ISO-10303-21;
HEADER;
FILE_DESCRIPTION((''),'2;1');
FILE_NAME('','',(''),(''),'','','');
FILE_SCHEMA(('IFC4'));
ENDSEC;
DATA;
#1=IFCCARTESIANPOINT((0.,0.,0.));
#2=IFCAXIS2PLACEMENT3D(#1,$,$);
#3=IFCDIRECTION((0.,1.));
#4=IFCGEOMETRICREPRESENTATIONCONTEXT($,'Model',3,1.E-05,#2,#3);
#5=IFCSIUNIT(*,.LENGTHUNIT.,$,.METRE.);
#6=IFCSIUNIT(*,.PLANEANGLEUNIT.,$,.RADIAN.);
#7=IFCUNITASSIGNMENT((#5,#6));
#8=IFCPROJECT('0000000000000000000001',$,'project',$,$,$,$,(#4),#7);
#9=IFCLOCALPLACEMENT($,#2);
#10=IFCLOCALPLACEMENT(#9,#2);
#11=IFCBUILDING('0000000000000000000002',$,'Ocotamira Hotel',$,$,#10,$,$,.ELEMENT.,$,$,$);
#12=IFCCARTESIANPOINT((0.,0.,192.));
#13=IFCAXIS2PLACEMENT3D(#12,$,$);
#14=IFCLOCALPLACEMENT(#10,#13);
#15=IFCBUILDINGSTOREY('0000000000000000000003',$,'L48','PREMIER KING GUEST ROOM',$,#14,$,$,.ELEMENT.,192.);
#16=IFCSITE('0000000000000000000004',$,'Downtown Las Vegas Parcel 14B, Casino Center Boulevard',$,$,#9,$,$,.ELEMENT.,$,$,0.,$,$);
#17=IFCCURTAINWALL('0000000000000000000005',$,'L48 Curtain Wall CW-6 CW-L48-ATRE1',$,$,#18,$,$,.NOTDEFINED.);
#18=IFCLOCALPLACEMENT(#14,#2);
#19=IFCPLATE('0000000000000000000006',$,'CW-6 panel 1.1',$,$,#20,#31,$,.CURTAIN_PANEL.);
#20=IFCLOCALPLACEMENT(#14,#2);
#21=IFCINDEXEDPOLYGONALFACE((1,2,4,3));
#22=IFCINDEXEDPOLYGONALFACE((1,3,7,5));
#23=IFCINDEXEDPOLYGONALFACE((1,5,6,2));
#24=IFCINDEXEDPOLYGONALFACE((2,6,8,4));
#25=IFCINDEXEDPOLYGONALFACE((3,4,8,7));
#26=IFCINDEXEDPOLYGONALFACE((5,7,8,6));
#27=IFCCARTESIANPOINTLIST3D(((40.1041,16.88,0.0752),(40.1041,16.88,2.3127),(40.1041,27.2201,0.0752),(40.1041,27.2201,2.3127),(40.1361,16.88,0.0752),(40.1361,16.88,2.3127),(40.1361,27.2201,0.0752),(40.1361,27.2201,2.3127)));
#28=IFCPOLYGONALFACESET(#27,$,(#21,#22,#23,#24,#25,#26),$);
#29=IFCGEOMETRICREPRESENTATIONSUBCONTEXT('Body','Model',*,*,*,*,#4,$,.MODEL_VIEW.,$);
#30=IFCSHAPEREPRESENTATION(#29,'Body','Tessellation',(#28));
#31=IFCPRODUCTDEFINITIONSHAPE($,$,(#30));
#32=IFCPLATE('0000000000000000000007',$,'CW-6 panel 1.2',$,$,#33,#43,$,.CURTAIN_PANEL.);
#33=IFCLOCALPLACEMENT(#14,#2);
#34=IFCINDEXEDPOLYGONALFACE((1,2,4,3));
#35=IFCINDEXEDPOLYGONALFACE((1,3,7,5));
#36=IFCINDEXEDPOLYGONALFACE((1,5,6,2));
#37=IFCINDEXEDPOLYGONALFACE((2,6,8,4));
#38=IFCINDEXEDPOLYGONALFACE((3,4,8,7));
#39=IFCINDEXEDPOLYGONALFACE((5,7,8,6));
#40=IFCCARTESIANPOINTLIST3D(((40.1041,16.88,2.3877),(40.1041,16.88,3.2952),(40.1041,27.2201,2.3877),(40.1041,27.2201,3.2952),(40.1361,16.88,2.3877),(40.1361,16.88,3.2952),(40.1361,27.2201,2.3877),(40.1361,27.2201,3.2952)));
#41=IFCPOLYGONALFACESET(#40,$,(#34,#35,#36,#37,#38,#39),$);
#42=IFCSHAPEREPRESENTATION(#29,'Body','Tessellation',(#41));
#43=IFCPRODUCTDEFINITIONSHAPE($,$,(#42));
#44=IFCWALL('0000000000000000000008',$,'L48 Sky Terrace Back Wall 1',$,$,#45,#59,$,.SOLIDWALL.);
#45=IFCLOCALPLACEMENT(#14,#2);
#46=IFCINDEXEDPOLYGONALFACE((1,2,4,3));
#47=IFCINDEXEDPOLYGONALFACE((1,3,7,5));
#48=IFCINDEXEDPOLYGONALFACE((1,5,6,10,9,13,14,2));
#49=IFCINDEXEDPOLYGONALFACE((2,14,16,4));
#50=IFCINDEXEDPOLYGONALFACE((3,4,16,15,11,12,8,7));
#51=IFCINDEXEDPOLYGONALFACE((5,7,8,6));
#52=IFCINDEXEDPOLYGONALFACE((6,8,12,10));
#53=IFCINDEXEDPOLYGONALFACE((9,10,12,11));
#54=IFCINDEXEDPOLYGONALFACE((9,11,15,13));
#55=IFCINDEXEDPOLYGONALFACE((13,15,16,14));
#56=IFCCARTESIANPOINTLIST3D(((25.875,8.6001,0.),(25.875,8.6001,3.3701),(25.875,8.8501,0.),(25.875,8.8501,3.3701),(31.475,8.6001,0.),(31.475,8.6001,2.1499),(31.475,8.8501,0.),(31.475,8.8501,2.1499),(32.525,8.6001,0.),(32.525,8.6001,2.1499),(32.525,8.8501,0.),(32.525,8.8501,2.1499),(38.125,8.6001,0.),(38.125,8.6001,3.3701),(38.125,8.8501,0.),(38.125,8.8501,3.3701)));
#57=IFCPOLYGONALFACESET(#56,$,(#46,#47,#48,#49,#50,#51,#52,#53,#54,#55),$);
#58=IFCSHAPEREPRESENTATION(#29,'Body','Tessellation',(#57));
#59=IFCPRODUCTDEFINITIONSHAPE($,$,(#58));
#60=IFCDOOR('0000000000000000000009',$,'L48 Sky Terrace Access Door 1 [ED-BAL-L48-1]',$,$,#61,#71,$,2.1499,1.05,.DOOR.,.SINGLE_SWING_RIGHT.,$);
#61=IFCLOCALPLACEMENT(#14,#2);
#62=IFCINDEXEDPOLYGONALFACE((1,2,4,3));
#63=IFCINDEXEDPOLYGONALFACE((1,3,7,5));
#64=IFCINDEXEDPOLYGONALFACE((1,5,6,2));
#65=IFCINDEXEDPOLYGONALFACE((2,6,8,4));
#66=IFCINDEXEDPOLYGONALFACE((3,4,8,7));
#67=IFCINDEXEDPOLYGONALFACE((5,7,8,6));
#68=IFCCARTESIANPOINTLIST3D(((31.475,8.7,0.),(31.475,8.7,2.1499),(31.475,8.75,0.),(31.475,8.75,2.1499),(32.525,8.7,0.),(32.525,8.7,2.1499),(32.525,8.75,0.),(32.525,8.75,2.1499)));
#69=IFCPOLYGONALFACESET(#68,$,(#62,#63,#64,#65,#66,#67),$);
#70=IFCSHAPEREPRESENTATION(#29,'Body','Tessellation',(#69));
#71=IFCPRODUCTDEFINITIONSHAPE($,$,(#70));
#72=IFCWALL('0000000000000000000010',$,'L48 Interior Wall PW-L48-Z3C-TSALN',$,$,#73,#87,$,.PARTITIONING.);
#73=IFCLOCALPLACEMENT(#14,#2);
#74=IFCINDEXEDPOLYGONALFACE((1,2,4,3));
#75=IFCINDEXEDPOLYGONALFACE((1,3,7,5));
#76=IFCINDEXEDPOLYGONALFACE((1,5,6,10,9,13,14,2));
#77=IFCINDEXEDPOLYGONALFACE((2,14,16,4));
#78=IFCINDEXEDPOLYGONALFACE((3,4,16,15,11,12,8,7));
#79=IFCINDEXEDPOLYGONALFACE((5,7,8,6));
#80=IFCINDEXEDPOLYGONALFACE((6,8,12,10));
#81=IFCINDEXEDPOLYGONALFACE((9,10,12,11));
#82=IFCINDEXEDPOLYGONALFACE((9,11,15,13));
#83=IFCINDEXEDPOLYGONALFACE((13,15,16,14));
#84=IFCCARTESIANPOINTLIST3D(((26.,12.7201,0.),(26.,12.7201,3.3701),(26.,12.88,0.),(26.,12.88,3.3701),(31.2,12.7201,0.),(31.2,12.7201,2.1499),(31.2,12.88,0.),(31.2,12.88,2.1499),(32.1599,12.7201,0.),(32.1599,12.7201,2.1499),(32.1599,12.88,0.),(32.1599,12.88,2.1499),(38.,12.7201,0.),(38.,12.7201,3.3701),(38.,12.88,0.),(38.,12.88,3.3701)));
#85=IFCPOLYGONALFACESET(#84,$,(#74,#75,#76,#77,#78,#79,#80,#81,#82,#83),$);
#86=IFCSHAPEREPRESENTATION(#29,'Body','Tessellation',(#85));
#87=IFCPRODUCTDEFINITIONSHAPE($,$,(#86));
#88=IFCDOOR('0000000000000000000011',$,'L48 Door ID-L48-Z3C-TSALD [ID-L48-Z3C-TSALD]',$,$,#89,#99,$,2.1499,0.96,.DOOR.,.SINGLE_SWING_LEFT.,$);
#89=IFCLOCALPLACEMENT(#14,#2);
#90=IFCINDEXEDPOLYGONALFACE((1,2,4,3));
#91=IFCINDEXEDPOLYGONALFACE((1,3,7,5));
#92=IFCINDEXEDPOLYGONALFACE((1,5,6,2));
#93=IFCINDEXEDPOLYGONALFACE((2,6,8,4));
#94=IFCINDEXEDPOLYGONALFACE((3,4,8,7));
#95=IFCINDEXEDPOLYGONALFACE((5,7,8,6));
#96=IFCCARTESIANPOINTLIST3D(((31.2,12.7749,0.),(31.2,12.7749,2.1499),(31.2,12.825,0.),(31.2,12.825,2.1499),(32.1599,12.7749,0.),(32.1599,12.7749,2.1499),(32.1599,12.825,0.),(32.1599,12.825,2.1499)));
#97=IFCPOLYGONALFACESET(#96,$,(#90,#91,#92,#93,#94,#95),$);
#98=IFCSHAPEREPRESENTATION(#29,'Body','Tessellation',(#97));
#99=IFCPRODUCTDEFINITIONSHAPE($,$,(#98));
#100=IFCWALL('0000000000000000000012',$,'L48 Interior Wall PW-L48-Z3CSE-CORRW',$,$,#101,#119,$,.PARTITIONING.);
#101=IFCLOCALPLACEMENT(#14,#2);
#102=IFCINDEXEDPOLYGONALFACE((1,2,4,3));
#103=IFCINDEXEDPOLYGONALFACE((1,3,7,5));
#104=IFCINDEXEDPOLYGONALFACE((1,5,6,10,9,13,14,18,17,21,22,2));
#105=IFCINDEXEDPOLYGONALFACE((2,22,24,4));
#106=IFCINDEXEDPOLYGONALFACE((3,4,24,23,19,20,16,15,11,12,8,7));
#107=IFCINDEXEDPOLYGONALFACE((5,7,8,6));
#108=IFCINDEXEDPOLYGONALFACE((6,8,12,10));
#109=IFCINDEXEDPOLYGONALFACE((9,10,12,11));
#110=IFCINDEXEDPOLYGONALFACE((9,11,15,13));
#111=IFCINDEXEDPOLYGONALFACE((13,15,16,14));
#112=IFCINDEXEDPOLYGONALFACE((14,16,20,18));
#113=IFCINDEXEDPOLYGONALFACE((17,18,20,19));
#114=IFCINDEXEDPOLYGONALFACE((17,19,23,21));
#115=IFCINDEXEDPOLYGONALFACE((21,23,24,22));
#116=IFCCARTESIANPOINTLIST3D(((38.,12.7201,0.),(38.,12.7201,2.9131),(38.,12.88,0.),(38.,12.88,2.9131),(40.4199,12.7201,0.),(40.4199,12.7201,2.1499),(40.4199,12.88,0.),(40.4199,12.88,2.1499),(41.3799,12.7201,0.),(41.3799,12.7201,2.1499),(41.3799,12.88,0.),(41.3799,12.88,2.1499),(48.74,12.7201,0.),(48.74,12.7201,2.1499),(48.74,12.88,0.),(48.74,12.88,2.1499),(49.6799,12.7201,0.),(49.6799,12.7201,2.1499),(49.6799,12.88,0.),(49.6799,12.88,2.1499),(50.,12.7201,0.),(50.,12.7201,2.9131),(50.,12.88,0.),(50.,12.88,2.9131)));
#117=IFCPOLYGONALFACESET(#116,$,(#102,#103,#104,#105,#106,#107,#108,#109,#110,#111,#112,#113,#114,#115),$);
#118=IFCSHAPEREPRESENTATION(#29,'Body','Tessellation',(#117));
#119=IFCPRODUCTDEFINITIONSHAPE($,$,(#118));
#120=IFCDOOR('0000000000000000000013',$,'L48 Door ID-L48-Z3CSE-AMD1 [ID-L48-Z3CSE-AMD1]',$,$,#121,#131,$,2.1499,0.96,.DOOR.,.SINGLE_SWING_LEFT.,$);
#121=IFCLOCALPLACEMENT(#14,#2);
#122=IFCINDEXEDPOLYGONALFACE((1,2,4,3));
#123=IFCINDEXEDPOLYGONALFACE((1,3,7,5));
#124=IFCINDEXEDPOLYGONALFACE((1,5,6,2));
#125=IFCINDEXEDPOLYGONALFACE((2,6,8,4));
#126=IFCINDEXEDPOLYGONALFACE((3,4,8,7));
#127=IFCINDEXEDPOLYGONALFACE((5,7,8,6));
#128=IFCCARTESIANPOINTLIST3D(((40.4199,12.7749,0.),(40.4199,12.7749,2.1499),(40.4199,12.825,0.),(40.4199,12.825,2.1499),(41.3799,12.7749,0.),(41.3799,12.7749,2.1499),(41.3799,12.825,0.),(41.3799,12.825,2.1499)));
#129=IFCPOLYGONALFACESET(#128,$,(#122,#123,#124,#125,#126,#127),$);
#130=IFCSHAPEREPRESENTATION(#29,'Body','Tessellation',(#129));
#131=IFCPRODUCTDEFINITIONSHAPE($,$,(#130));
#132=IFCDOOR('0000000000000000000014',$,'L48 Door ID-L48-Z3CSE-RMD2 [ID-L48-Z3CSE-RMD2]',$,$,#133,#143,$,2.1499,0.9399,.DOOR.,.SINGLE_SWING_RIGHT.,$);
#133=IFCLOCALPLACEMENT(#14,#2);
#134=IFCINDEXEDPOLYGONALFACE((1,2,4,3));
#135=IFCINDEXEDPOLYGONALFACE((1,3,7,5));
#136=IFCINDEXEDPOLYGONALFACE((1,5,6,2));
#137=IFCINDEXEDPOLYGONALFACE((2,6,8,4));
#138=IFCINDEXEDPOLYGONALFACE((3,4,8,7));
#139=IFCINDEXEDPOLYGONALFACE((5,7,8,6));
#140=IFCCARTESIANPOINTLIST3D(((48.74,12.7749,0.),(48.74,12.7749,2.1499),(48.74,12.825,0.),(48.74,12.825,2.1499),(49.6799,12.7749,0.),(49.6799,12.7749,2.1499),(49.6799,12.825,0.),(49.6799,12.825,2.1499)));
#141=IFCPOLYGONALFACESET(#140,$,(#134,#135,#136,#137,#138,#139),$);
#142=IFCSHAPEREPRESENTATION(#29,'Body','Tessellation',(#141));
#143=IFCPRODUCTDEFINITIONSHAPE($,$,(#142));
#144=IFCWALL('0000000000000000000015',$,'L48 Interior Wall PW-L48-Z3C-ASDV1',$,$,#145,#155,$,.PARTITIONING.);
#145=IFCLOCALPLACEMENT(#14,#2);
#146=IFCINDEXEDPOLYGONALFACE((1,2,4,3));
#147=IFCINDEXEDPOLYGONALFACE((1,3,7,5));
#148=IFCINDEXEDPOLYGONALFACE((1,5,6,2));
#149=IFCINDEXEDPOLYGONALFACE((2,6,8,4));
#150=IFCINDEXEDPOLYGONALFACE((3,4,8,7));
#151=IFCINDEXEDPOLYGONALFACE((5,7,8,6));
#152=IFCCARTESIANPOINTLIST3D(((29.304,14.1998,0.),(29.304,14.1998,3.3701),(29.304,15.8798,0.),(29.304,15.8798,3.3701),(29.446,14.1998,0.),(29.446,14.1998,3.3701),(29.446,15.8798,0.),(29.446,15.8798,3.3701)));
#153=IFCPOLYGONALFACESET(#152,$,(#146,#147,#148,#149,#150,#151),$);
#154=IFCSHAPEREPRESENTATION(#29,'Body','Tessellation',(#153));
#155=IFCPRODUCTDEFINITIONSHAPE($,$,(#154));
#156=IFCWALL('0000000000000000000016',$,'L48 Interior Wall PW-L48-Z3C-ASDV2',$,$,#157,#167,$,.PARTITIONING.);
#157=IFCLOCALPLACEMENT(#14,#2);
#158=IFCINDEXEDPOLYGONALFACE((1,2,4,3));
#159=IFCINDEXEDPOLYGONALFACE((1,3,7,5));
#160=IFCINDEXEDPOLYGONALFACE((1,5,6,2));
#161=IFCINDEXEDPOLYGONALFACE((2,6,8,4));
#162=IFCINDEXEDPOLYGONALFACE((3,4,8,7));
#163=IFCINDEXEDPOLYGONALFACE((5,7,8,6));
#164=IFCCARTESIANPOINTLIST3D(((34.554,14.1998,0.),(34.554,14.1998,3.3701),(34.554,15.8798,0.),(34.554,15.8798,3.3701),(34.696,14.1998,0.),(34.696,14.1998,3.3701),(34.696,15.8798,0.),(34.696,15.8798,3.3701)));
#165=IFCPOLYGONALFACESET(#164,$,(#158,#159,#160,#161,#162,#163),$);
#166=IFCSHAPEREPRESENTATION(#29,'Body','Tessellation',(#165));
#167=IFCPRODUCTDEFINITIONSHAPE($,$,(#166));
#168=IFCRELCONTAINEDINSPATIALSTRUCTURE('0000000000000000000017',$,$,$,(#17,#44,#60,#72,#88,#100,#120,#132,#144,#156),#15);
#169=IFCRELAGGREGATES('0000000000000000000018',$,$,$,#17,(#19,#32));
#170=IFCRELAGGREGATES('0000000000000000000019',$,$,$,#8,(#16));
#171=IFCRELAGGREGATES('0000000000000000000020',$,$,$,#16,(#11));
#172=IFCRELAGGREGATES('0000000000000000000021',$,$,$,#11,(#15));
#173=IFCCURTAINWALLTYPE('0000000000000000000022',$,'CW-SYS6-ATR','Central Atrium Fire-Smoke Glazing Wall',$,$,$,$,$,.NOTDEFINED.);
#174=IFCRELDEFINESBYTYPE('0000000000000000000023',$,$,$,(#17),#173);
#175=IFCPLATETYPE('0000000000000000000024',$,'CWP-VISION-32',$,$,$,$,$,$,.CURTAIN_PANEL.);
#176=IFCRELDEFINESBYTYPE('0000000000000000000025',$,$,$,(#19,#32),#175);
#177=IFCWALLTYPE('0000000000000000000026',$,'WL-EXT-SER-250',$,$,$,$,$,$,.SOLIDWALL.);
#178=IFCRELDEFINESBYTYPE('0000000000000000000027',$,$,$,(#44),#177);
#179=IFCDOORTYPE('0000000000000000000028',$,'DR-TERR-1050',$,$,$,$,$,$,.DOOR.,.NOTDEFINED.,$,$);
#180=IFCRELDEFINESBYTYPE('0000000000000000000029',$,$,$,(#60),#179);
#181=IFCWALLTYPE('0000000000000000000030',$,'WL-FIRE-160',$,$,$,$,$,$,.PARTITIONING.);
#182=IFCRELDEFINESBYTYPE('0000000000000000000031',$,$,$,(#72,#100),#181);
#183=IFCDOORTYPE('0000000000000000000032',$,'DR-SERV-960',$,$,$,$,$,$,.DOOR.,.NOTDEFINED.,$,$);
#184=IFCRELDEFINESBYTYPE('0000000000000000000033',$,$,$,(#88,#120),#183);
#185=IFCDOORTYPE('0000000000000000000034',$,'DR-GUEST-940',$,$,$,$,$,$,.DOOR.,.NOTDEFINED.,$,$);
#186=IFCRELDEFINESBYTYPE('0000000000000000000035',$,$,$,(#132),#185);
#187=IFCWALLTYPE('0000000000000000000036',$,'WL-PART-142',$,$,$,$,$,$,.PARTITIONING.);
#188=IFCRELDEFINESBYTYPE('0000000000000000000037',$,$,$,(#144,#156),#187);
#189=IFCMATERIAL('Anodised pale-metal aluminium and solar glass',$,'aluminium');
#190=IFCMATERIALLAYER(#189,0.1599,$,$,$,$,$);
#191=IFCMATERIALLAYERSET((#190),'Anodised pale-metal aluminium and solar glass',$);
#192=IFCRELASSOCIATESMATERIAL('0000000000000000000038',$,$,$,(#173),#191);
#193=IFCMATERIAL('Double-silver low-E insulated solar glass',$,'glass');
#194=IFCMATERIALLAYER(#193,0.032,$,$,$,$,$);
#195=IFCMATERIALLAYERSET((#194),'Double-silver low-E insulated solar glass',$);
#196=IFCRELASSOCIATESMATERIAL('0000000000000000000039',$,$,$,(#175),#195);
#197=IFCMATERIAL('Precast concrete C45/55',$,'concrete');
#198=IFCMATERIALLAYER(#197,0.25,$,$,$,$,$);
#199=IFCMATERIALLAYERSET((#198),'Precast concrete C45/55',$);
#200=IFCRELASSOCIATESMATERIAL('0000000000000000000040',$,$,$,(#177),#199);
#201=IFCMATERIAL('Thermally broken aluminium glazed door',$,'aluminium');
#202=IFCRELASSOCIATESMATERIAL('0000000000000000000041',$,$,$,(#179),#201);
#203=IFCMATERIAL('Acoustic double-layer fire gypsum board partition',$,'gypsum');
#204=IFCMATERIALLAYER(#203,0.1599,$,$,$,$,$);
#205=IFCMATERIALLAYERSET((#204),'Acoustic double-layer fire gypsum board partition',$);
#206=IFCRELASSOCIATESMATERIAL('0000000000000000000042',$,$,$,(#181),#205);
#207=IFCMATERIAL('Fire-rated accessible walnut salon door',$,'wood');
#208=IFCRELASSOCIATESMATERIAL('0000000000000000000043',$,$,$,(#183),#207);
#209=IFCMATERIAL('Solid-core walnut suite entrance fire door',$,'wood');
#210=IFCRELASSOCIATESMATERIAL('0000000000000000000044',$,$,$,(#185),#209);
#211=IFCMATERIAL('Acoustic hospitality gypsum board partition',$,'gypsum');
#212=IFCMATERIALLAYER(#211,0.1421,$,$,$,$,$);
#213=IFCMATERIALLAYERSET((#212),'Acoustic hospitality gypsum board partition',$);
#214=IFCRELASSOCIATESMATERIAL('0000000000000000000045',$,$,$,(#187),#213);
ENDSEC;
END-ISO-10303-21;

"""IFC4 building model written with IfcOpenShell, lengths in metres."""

from ifc_helpers import new_model, si_unit, direction, frame, frame_2d, origin, origin_2d, place, context, subcontext, project, spatial, rectangle, extrude, source, transform, mapped, material, layer, layer_set, type_object, element, fill, aggregate, save


model = new_model("IFC4")

# Units and contexts
model_context = context("Model", 3, precision=1e-05, world=origin(), true_north=direction((0.0, 1.0)))
body_context = subcontext(model_context, "Body", "Model", "MODEL_VIEW")
ifc_project = project(units=[si_unit("LENGTHUNIT", "METRE"), si_unit("PLANEANGLEUNIT", "RADIAN")], contexts=[model_context])

# Site, building, storey
site_placement = place(None, origin())
site = spatial("IfcSite", under=ifc_project, at=site_placement, Name="Downtown Las Vegas Parcel 14B, Casino Center Boulevard", CompositionType="ELEMENT", RefElevation=0.0)
building_placement = place(site_placement, origin())
building = spatial("IfcBuilding", under=site, at=building_placement, Name="Ocotamira Hotel", CompositionType="ELEMENT")
storey_placement = place(building_placement, frame((0.0, 0.0, 192.0)))
storey = spatial("IfcBuildingStorey", under=building, at=storey_placement, Name="L48", Description="PREMIER KING GUEST ROOM", CompositionType="ELEMENT", Elevation=192.0)

# Curtain wall, plates
ifc_material_1 = material(Name="Anodised pale-metal aluminium and solar glass", Category="aluminium")
ifc_layer_1 = layer(ifc_material_1, 0.1599)
ifc_layer_set_1 = layer_set([ifc_layer_1], Name="Anodised pale-metal aluminium and solar glass")
curtain_wall_type = type_object("IfcCurtainWallType", Name="CW-SYS6-ATR", Description="Central Atrium Fire-Smoke Glazing Wall", PredefinedType="NOTDEFINED", material=ifc_layer_set_1)
curtain_wall_placement = place(storey_placement, origin())
curtain_wall = element("IfcCurtainWall", 1, at=curtain_wall_placement, inside=storey, type_object=curtain_wall_type, Name="L48 Curtain Wall CW-6 CW-L48-ATRE1", PredefinedType="NOTDEFINED")
ifc_material_2 = material(Name="Double-silver low-E insulated solar glass", Category="glass")
ifc_layer_2 = layer(ifc_material_2, 0.032)
ifc_layer_set_2 = layer_set([ifc_layer_2], Name="Double-silver low-E insulated solar glass")
plate_type = type_object("IfcPlateType", Name="CWP-VISION-32", PredefinedType="CURTAIN_PANEL", material=ifc_layer_set_2)
shared_shape_1 = source(origin(), body_context, "Body", "SweptSolid", [
    extrude(rectangle(XDim=10.3401, YDim=0.032, at=origin_2d()), origin(), (0.0, 0.0, 1.0), 2.2375),
])
plate_1_placement = place(storey_placement, frame((40.1201, 22.05, 0.0752), z_axis=(0.0, 0.0, 1.0), x_axis=(0.0, 1.0, 0.0)))
plate_1 = element("IfcPlate", 2, at=plate_1_placement, type_object=plate_type, Name="CW-6 panel 1.1", PredefinedType="CURTAIN_PANEL", context=body_context, shape_type="MappedRepresentation", body=[
    mapped(shared_shape_1, transform((0.0, 0.0, 0.0), scale=1.0)),
])
shared_shape_2 = source(origin(), body_context, "Body", "SweptSolid", [
    extrude(rectangle(XDim=10.3401, YDim=0.032, at=origin_2d()), origin(), (0.0, 0.0, 1.0), 0.9075),
])
plate_2_placement = place(storey_placement, frame((40.1201, 22.05, 2.3877), z_axis=(0.0, 0.0, 1.0), x_axis=(0.0, 1.0, 0.0)))
plate_2 = element("IfcPlate", 3, at=plate_2_placement, type_object=plate_type, Name="CW-6 panel 1.2", PredefinedType="CURTAIN_PANEL", context=body_context, shape_type="MappedRepresentation", body=[
    mapped(shared_shape_2, transform((0.0, 0.0, 0.0), scale=1.0)),
])
aggregate(curtain_wall, [plate_1, plate_2])

# Walls, openings, doors
ifc_material_3 = material(Name="Precast concrete C45/55", Category="concrete")
ifc_layer_3 = layer(ifc_material_3, 0.25)
ifc_layer_set_3 = layer_set([ifc_layer_3], Name="Precast concrete C45/55")
wall_type_1 = type_object("IfcWallType", Name="WL-EXT-SER-250", PredefinedType="SOLIDWALL", material=ifc_layer_set_3)
wall_1_placement = place(storey_placement, frame((25.875, 8.7251, 0.0), z_axis=(0.0, 0.0, 1.0), x_axis=(1.0, 0.0, 0.0)))
wall_1 = element("IfcWall", 4, at=wall_1_placement, inside=storey, type_object=wall_type_1, Name="L48 Sky Terrace Back Wall 1", PredefinedType="SOLIDWALL", context=body_context, shape_type="SweptSolid", body=[
    extrude(rectangle(XDim=12.25, YDim=0.25, at=frame_2d((6.125, 0.0))), origin(), (0.0, 0.0, 1.0), 3.3701),
])
opening_1_placement = place(wall_1_placement, frame((5.6001, 0.0, 0.0)))
opening_1 = element("IfcOpeningElement", 5, at=opening_1_placement, cuts=wall_1, PredefinedType="OPENING", context=body_context, shape_type="SweptSolid", body=[
    extrude(rectangle(XDim=1.05, YDim=2.1499, at=frame_2d((0.5249, 1.075))), frame((0.0, 0.135, 0.0), z_axis=(0.0, -1.0, 0.0), x_axis=(1.0, 0.0, 0.0)), (0.0, 0.0, 1.0), 0.27),
])
ifc_material_4 = material(Name="Thermally broken aluminium glazed door", Category="aluminium")
door_type_1 = type_object("IfcDoorType", Name="DR-TERR-1050", OperationType="NOTDEFINED", PredefinedType="DOOR", material=ifc_material_4)
shared_shape_3 = source(origin(), body_context, "Body", "SweptSolid", [
    extrude(rectangle(XDim=1.05, YDim=2.1499, at=frame_2d((0.5249, 1.075))), frame((0.0, 0.0249, 0.0), z_axis=(0.0, -1.0, 0.0), x_axis=(1.0, 0.0, 0.0)), (0.0, 0.0, 1.0), 0.05),
])
door_1_placement = place(opening_1_placement, origin())
door_1 = element("IfcDoor", 6, at=door_1_placement, inside=storey, type_object=door_type_1, Name="L48 Sky Terrace Access Door 1 [ED-BAL-L48-1]", OperationType="SINGLE_SWING_RIGHT", OverallHeight=2.1499, OverallWidth=1.05, PredefinedType="DOOR", context=body_context, shape_type="MappedRepresentation", body=[
    mapped(shared_shape_3, transform((0.0, 0.0, 0.0), scale=1.0)),
])
fill(opening_1, door_1)
ifc_material_5 = material(Name="Acoustic double-layer fire gypsum board partition", Category="gypsum")
ifc_layer_4 = layer(ifc_material_5, 0.1599)
ifc_layer_set_4 = layer_set([ifc_layer_4], Name="Acoustic double-layer fire gypsum board partition")
wall_type_2 = type_object("IfcWallType", Name="WL-FIRE-160", PredefinedType="PARTITIONING", material=ifc_layer_set_4)
wall_2_placement = place(storey_placement, frame((26.0, 12.8, 0.0), z_axis=(0.0, 0.0, 1.0), x_axis=(1.0, 0.0, 0.0)))
wall_2 = element("IfcWall", 7, at=wall_2_placement, inside=storey, type_object=wall_type_2, Name="L48 Interior Wall PW-L48-Z3C-TSALN", PredefinedType="PARTITIONING", context=body_context, shape_type="SweptSolid", body=[
    extrude(rectangle(XDim=12.0, YDim=0.1599, at=frame_2d((6.0, 0.0))), origin(), (0.0, 0.0, 1.0), 3.3701),
])
opening_2_placement = place(wall_2_placement, frame((5.2, 0.0, 0.0)))
opening_2 = element("IfcOpeningElement", 8, at=opening_2_placement, cuts=wall_2, PredefinedType="OPENING", context=body_context, shape_type="SweptSolid", body=[
    extrude(rectangle(XDim=0.96, YDim=2.1499, at=frame_2d((0.48, 1.075))), frame((0.0, 0.0898, 0.0), z_axis=(0.0, -1.0, 0.0), x_axis=(1.0, 0.0, 0.0)), (0.0, 0.0, 1.0), 0.1799),
])
ifc_material_6 = material(Name="Fire-rated accessible walnut salon door", Category="wood")
door_type_2 = type_object("IfcDoorType", Name="DR-SERV-960", OperationType="NOTDEFINED", PredefinedType="DOOR", material=ifc_material_6)
shared_shape_4 = source(origin(), body_context, "Body", "SweptSolid", [
    extrude(rectangle(XDim=0.96, YDim=2.1499, at=frame_2d((0.48, 1.075))), frame((0.0, 0.0249, 0.0), z_axis=(0.0, -1.0, 0.0), x_axis=(1.0, 0.0, 0.0)), (0.0, 0.0, 1.0), 0.05),
])
door_2_placement = place(opening_2_placement, origin())
door_2 = element("IfcDoor", 9, at=door_2_placement, inside=storey, type_object=door_type_2, Name="L48 Door ID-L48-Z3C-TSALD [ID-L48-Z3C-TSALD]", OperationType="SINGLE_SWING_LEFT", OverallHeight=2.1499, OverallWidth=0.96, PredefinedType="DOOR", context=body_context, shape_type="MappedRepresentation", body=[
    mapped(shared_shape_4, transform((0.0, 0.0, 0.0), scale=1.0)),
])
fill(opening_2, door_2)

# Wall, openings, doors
wall_3_placement = place(storey_placement, frame((38.0, 12.8, 0.0), z_axis=(0.0, 0.0, 1.0), x_axis=(1.0, 0.0, 0.0)))
wall_3 = element("IfcWall", 10, at=wall_3_placement, inside=storey, type_object=wall_type_2, Name="L48 Interior Wall PW-L48-Z3CSE-CORRW", PredefinedType="PARTITIONING", context=body_context, shape_type="SweptSolid", body=[
    extrude(rectangle(XDim=12.0, YDim=0.1599, at=frame_2d((6.0, 0.0))), origin(), (0.0, 0.0, 1.0), 2.9131),
])
opening_3_placement = place(wall_3_placement, frame((2.4199, 0.0, 0.0)))
opening_3 = element("IfcOpeningElement", 11, at=opening_3_placement, cuts=wall_3, PredefinedType="OPENING", context=body_context, shape_type="SweptSolid", body=[
    extrude(rectangle(XDim=0.96, YDim=2.1499, at=frame_2d((0.48, 1.075))), frame((0.0, 0.0898, 0.0), z_axis=(0.0, -1.0, 0.0), x_axis=(1.0, 0.0, 0.0)), (0.0, 0.0, 1.0), 0.1799),
])
opening_4_placement = place(wall_3_placement, frame((10.74, 0.0, 0.0)))
opening_4 = element("IfcOpeningElement", 12, at=opening_4_placement, cuts=wall_3, PredefinedType="OPENING", context=body_context, shape_type="SweptSolid", body=[
    extrude(rectangle(XDim=0.9399, YDim=2.1499, at=frame_2d((0.47, 1.075))), frame((0.0, 0.0898, 0.0), z_axis=(0.0, -1.0, 0.0), x_axis=(1.0, 0.0, 0.0)), (0.0, 0.0, 1.0), 0.1799),
])
door_3_placement = place(opening_3_placement, origin())
door_3 = element("IfcDoor", 13, at=door_3_placement, inside=storey, type_object=door_type_2, Name="L48 Door ID-L48-Z3CSE-AMD1 [ID-L48-Z3CSE-AMD1]", OperationType="SINGLE_SWING_LEFT", OverallHeight=2.1499, OverallWidth=0.96, PredefinedType="DOOR", context=body_context, shape_type="MappedRepresentation", body=[
    mapped(shared_shape_4, transform((0.0, 0.0, 0.0), scale=1.0)),
])
fill(opening_3, door_3)
ifc_material_7 = material(Name="Solid-core walnut suite entrance fire door", Category="wood")
door_type_3 = type_object("IfcDoorType", Name="DR-GUEST-940", OperationType="NOTDEFINED", PredefinedType="DOOR", material=ifc_material_7)
shared_shape_5 = source(origin(), body_context, "Body", "SweptSolid", [
    extrude(rectangle(XDim=0.9399, YDim=2.1499, at=frame_2d((0.47, 1.075))), frame((0.0, 0.0249, 0.0), z_axis=(0.0, -1.0, 0.0), x_axis=(1.0, 0.0, 0.0)), (0.0, 0.0, 1.0), 0.05),
])
door_4_placement = place(opening_4_placement, origin())
door_4 = element("IfcDoor", 14, at=door_4_placement, inside=storey, type_object=door_type_3, Name="L48 Door ID-L48-Z3CSE-RMD2 [ID-L48-Z3CSE-RMD2]", OperationType="SINGLE_SWING_RIGHT", OverallHeight=2.1499, OverallWidth=0.9399, PredefinedType="DOOR", context=body_context, shape_type="MappedRepresentation", body=[
    mapped(shared_shape_5, transform((0.0, 0.0, 0.0), scale=1.0)),
])
fill(opening_4, door_4)

# Walls
ifc_material_8 = material(Name="Acoustic hospitality gypsum board partition", Category="gypsum")
ifc_layer_5 = layer(ifc_material_8, 0.1421)
ifc_layer_set_5 = layer_set([ifc_layer_5], Name="Acoustic hospitality gypsum board partition")
wall_type_3 = type_object("IfcWallType", Name="WL-PART-142", PredefinedType="PARTITIONING", material=ifc_layer_set_5)
for number, where, z_axis, x_axis, name in (
    (15, (29.375, 14.2, 0.0), (0.0, 0.0, 1.0), (0.0, 1.0, 0.0), "L48 Interior Wall PW-L48-Z3C-ASDV1"),
    (16, (34.625, 14.2, 0.0), (0.0, 0.0, 1.0), (0.0, 1.0, 0.0), "L48 Interior Wall PW-L48-Z3C-ASDV2"),
):
    element("IfcWall", number, at=place(storey_placement, frame(where, z_axis=z_axis, x_axis=x_axis)), inside=storey, type_object=wall_type_3, Name=name, PredefinedType="PARTITIONING", context=body_context, shape_type="SweptSolid", body=[
        extrude(rectangle(XDim=1.6799, YDim=0.1421, at=frame_2d((0.8398, 0.0))), origin(), (0.0, 0.0, 1.0), 3.3701),
    ])

save(model, "model.ifc")
